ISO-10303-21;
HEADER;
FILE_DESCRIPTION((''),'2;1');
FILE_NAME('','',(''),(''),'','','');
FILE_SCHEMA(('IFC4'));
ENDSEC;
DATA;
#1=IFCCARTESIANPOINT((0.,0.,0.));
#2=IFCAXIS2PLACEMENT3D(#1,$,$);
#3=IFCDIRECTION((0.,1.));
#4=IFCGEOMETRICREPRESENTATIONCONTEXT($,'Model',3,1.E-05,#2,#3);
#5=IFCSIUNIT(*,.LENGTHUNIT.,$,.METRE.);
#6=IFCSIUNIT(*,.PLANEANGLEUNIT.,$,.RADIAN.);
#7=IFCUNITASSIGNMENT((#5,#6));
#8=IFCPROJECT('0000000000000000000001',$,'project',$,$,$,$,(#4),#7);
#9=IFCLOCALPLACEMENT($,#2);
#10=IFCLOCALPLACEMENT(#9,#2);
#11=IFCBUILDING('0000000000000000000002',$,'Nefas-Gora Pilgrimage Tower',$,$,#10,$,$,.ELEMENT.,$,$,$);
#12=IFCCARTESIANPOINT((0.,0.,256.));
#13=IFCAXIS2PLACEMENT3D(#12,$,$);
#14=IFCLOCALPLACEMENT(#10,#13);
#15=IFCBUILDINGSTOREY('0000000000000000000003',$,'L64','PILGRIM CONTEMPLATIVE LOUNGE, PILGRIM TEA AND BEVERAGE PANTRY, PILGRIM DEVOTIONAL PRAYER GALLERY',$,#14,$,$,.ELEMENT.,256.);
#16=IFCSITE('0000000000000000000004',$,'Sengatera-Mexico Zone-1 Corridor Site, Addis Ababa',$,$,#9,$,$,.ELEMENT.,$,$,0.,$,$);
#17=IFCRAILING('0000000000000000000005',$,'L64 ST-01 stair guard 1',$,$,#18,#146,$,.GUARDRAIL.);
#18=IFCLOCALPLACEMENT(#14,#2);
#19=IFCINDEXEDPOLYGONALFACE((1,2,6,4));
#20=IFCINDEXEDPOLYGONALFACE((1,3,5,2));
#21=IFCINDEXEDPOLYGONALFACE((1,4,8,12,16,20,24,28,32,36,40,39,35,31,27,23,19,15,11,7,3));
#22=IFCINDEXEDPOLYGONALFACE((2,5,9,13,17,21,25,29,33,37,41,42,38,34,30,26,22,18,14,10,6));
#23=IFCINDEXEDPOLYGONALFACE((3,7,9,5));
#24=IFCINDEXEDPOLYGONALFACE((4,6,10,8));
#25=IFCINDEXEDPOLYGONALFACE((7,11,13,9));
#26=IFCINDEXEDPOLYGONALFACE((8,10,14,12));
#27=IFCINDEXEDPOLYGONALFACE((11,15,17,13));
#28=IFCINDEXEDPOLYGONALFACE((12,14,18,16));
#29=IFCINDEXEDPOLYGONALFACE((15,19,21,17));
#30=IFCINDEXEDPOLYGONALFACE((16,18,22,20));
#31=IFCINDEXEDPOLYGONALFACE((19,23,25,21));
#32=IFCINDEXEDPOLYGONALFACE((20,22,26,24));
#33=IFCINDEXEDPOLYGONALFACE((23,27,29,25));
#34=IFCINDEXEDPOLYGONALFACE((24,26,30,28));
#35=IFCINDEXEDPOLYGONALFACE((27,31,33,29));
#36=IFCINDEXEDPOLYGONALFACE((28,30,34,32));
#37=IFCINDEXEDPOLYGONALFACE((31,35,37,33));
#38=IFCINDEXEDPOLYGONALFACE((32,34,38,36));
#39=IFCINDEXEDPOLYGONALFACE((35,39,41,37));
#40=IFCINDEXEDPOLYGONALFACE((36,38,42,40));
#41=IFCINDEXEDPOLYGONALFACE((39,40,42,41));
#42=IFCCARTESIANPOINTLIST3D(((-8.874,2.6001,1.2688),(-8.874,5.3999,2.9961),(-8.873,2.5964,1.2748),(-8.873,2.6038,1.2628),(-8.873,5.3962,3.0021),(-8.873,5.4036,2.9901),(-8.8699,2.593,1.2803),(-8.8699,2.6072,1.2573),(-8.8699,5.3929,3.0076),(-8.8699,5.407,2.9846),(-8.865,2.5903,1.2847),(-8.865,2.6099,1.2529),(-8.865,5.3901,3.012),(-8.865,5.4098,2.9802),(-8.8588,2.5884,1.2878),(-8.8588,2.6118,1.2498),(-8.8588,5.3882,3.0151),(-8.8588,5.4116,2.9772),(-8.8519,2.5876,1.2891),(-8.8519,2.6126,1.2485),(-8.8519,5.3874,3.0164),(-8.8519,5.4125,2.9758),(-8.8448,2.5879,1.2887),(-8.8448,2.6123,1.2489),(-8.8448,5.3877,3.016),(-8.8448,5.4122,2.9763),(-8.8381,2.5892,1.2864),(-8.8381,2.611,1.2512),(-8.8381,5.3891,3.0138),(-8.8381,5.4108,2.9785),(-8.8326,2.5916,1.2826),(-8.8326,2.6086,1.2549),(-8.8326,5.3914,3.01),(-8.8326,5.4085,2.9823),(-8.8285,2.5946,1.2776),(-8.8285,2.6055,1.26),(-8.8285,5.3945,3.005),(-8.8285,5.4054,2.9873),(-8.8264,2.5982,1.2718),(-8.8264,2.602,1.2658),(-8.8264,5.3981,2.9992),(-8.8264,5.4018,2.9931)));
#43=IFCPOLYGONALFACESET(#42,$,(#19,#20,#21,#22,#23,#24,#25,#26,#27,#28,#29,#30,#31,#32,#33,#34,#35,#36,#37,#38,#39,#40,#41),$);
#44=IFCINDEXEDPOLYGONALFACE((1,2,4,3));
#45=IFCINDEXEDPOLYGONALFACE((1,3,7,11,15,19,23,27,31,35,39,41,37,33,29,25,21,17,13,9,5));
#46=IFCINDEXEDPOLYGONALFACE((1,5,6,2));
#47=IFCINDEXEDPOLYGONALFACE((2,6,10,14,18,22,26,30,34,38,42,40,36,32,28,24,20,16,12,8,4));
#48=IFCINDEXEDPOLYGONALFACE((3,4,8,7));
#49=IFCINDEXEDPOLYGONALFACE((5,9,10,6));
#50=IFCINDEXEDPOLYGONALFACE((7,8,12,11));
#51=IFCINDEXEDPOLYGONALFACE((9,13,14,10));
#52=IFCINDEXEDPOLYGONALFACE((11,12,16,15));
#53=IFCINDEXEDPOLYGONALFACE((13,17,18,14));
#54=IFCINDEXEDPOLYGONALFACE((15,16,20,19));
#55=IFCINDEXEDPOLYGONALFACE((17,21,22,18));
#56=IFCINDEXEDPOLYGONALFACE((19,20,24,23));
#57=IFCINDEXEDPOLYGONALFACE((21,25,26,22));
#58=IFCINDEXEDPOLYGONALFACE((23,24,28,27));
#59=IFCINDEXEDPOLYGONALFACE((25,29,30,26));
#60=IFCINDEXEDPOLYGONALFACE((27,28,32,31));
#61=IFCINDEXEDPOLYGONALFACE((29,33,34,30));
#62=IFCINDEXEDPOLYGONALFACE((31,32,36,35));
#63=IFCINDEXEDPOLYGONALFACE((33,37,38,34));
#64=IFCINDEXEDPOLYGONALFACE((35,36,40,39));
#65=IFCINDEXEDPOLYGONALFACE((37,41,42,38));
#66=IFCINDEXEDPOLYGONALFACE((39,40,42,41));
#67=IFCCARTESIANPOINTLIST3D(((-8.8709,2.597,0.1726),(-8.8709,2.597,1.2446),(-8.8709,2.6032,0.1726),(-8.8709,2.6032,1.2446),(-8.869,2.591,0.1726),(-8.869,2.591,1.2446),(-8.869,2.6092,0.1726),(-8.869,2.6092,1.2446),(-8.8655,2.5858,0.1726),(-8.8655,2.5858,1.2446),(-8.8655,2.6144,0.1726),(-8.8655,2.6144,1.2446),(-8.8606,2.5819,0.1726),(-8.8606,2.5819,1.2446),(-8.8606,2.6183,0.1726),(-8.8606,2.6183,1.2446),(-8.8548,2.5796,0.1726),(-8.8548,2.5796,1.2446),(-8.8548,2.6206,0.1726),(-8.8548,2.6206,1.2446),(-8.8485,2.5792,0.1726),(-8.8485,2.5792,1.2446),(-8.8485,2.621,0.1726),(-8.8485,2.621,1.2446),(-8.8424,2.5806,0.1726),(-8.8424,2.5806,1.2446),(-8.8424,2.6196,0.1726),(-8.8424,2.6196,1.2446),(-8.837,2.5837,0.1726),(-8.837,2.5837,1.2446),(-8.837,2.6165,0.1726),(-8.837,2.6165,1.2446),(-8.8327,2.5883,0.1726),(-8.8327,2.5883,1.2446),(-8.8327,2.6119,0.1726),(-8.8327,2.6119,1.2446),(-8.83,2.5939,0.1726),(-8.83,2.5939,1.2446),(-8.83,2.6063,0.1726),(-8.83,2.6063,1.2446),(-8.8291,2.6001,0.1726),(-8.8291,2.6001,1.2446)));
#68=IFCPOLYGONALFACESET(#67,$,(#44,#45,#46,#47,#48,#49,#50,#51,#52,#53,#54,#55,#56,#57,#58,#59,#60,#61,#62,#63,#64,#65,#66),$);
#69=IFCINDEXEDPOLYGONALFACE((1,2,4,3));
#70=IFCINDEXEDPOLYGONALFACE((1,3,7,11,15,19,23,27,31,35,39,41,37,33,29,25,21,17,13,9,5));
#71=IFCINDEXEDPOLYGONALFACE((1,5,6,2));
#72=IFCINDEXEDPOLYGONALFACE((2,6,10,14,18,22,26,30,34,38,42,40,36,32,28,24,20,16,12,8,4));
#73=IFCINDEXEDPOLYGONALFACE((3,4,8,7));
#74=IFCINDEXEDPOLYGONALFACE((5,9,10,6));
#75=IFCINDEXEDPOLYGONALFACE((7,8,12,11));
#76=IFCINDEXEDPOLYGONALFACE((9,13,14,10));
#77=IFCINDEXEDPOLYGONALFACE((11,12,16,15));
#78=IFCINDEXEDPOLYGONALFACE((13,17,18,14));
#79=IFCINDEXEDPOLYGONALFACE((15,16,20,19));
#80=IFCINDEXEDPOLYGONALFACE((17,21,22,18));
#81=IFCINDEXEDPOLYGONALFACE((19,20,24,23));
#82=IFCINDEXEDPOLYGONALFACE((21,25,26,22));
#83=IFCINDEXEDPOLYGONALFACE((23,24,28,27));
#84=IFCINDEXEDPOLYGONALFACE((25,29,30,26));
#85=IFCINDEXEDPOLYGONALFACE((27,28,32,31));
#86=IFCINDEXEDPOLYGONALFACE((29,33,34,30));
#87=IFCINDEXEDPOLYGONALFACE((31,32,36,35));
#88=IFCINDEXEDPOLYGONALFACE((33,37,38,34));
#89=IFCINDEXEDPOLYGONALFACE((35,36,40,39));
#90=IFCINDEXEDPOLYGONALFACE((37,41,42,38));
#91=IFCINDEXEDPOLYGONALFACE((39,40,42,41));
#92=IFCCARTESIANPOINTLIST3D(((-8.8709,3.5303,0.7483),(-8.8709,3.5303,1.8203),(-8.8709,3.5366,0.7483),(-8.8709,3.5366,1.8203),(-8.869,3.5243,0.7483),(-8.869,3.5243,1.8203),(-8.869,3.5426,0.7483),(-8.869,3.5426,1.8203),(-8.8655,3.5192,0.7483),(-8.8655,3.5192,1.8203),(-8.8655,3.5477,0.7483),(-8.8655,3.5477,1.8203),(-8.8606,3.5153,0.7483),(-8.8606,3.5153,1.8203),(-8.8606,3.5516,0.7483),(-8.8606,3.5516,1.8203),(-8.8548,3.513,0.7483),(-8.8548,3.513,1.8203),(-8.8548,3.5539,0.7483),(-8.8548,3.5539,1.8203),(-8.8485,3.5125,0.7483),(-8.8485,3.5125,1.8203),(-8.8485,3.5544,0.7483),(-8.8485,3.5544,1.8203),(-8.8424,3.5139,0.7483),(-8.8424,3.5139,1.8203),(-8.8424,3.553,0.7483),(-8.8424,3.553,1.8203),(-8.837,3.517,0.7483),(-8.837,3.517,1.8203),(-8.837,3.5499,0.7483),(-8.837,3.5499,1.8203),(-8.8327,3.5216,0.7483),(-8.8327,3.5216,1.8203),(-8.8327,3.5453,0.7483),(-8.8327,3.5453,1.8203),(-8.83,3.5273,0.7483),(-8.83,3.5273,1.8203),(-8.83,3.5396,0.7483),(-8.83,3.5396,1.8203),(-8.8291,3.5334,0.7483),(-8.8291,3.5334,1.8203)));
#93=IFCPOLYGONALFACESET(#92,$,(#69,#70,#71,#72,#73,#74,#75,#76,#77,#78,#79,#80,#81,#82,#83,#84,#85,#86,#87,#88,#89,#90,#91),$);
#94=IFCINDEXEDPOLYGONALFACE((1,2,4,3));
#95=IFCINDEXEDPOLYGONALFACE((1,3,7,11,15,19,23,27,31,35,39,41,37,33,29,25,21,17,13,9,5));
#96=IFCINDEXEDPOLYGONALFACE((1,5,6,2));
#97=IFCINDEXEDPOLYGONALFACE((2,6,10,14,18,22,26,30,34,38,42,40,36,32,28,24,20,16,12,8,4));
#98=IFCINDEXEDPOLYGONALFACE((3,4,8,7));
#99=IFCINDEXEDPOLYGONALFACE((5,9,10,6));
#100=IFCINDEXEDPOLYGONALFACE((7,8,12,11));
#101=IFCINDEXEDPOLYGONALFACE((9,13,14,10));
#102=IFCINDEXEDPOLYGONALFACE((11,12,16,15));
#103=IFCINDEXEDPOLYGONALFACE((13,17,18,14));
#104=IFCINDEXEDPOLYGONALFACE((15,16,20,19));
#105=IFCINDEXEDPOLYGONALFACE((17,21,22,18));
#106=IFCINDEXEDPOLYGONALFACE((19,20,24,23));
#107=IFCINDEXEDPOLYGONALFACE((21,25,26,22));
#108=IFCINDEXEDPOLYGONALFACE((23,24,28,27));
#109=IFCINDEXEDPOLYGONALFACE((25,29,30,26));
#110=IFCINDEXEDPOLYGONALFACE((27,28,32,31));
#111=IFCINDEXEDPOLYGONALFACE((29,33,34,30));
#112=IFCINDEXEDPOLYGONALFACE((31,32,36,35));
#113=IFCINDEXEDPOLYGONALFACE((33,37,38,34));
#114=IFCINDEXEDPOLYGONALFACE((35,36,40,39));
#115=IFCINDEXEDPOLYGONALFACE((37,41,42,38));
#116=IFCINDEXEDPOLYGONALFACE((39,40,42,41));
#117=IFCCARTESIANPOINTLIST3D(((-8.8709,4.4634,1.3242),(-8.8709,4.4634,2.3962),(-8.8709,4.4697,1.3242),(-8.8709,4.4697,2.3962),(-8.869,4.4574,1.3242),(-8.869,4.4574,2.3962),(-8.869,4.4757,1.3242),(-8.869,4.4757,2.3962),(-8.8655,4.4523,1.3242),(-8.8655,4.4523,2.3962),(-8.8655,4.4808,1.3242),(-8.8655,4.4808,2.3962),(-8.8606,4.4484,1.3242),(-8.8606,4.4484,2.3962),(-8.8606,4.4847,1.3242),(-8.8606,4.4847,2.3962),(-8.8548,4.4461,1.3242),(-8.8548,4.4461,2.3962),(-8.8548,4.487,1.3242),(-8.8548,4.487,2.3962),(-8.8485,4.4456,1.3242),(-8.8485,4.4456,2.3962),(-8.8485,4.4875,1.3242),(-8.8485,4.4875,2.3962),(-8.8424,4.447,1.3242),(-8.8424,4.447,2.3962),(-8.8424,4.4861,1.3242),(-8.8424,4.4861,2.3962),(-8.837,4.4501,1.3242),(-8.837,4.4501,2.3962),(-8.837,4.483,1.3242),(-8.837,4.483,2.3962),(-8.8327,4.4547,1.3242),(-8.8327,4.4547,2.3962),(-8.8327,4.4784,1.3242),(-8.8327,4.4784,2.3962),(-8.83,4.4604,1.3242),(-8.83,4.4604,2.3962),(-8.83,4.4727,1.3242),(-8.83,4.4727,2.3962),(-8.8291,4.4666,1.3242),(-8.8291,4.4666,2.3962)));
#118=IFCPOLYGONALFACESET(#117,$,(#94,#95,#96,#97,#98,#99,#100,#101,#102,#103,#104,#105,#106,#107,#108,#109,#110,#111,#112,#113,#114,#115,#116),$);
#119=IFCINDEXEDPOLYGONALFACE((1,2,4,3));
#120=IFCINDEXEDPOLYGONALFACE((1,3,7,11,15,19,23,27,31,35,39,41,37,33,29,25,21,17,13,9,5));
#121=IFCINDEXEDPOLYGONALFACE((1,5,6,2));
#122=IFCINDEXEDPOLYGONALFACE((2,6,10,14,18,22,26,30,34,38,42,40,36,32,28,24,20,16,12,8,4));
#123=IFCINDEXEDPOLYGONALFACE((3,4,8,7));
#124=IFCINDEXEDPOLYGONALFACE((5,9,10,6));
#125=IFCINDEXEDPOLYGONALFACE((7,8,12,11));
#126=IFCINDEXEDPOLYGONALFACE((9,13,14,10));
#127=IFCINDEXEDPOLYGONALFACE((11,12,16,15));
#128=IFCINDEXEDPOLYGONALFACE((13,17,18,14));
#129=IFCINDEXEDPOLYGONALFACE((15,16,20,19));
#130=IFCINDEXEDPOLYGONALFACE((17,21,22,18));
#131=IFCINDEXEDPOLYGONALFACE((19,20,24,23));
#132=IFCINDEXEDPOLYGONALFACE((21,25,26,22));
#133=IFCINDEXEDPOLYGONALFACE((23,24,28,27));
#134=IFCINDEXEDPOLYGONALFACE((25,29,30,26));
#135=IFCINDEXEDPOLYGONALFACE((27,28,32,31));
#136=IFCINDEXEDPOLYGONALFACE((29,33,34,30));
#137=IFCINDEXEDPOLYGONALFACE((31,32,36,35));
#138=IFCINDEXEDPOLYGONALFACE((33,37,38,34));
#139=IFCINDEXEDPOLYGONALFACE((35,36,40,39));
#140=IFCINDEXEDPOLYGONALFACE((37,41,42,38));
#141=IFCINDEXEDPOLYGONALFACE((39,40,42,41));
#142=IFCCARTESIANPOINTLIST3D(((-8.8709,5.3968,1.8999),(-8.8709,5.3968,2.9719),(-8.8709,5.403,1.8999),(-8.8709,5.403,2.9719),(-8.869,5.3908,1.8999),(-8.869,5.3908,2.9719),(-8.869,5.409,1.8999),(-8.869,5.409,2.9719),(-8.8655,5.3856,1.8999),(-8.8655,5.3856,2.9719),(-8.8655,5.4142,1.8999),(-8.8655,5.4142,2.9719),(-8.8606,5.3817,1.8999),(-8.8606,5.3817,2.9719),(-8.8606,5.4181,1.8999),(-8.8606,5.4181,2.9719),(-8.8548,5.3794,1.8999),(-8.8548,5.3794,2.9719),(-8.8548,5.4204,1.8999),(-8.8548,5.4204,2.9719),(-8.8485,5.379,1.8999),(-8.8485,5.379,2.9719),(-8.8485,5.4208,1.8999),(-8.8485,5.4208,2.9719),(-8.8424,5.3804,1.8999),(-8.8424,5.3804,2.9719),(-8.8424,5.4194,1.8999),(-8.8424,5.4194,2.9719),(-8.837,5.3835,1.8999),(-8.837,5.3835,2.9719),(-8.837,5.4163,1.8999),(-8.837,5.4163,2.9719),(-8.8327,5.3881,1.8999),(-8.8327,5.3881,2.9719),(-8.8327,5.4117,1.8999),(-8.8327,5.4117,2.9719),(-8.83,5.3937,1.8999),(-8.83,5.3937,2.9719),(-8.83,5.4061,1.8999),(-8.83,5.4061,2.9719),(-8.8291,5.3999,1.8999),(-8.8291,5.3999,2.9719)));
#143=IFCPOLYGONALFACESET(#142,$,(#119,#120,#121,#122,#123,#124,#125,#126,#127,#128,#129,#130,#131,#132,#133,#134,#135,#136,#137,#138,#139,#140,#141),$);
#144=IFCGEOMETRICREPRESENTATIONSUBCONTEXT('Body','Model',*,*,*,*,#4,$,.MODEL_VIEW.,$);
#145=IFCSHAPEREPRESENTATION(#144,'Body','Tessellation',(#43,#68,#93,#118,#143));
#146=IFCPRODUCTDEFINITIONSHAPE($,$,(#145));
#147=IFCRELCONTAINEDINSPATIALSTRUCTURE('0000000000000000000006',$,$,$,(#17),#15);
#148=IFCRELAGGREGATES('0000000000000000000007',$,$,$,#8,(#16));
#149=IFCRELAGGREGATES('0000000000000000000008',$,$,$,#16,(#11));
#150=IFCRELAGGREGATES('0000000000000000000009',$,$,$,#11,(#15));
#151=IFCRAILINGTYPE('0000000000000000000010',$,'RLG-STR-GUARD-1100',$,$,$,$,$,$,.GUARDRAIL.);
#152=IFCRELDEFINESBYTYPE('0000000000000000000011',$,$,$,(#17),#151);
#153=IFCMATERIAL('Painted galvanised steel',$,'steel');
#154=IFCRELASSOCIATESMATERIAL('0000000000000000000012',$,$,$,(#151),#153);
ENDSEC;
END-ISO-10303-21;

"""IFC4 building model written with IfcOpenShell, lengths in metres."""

from ifc_helpers import new_model, si_unit, direction, frame, origin, origin_2d, place, context, subcontext, project, spatial, circle, extrude, material, type_object, element, save


model = new_model("IFC4")

# Units and contexts
model_context = context("Model", 3, precision=1e-05, world=origin(), true_north=direction((0.0, 1.0)))
body_context = subcontext(model_context, "Body", "Model", "MODEL_VIEW")
ifc_project = project(units=[si_unit("LENGTHUNIT", "METRE"), si_unit("PLANEANGLEUNIT", "RADIAN")], contexts=[model_context])

# Site, building, storey
site_placement = place(None, origin())
site = spatial("IfcSite", under=ifc_project, at=site_placement, Name="Sengatera-Mexico Zone-1 Corridor Site, Addis Ababa", CompositionType="ELEMENT", RefElevation=0.0)
building_placement = place(site_placement, origin())
building = spatial("IfcBuilding", under=site, at=building_placement, Name="Nefas-Gora Pilgrimage Tower", CompositionType="ELEMENT")
storey_placement = place(building_placement, frame((0.0, 0.0, 256.0)))
storey = spatial("IfcBuildingStorey", under=building, at=storey_placement, Name="L64", Description="PILGRIM CONTEMPLATIVE LOUNGE, PILGRIM TEA AND BEVERAGE PANTRY, PILGRIM DEVOTIONAL PRAYER GALLERY", CompositionType="ELEMENT", Elevation=256.0)

# Railing
ifc_material_1 = material(Name="Painted galvanised steel", Category="steel")
railing_type_1 = type_object("IfcRailingType", Name="RLG-STR-GUARD-1100", PredefinedType="GUARDRAIL", material=ifc_material_1)
railing_1_placement = place(storey_placement, frame((-8.8501, 2.6001, 0.1726)))
element("IfcRailing", 1, at=railing_1_placement, inside=storey, type_object=railing_type_1, Name="L64 ST-01 stair guard 1", PredefinedType="GUARDRAIL", context=body_context, shape_type="SweptSolid", body=[
    extrude(circle(Radius=0.0239, at=origin_2d()), frame((0.0, 0.0, 1.0962), z_axis=(0.0, 0.851069, 0.525054), x_axis=(-1.0, 0.0, 0.0)), (0.0, 0.0, 1.0), 3.2898),
    extrude(circle(Radius=0.021, at=origin_2d()), origin(), (0.0, 0.0, 1.0), 1.072),
    extrude(circle(Radius=0.021, at=origin_2d()), frame((0.0, 0.9333, 0.5757)), (0.0, 0.0, 1.0), 1.072),
    extrude(circle(Radius=0.021, at=origin_2d()), frame((0.0, 1.8665, 1.1516)), (0.0, 0.0, 1.0), 1.072),
    extrude(circle(Radius=0.021, at=origin_2d()), frame((0.0, 2.7998, 1.7273)), (0.0, 0.0, 1.0), 1.072),
])

save(model, "model.ifc")
